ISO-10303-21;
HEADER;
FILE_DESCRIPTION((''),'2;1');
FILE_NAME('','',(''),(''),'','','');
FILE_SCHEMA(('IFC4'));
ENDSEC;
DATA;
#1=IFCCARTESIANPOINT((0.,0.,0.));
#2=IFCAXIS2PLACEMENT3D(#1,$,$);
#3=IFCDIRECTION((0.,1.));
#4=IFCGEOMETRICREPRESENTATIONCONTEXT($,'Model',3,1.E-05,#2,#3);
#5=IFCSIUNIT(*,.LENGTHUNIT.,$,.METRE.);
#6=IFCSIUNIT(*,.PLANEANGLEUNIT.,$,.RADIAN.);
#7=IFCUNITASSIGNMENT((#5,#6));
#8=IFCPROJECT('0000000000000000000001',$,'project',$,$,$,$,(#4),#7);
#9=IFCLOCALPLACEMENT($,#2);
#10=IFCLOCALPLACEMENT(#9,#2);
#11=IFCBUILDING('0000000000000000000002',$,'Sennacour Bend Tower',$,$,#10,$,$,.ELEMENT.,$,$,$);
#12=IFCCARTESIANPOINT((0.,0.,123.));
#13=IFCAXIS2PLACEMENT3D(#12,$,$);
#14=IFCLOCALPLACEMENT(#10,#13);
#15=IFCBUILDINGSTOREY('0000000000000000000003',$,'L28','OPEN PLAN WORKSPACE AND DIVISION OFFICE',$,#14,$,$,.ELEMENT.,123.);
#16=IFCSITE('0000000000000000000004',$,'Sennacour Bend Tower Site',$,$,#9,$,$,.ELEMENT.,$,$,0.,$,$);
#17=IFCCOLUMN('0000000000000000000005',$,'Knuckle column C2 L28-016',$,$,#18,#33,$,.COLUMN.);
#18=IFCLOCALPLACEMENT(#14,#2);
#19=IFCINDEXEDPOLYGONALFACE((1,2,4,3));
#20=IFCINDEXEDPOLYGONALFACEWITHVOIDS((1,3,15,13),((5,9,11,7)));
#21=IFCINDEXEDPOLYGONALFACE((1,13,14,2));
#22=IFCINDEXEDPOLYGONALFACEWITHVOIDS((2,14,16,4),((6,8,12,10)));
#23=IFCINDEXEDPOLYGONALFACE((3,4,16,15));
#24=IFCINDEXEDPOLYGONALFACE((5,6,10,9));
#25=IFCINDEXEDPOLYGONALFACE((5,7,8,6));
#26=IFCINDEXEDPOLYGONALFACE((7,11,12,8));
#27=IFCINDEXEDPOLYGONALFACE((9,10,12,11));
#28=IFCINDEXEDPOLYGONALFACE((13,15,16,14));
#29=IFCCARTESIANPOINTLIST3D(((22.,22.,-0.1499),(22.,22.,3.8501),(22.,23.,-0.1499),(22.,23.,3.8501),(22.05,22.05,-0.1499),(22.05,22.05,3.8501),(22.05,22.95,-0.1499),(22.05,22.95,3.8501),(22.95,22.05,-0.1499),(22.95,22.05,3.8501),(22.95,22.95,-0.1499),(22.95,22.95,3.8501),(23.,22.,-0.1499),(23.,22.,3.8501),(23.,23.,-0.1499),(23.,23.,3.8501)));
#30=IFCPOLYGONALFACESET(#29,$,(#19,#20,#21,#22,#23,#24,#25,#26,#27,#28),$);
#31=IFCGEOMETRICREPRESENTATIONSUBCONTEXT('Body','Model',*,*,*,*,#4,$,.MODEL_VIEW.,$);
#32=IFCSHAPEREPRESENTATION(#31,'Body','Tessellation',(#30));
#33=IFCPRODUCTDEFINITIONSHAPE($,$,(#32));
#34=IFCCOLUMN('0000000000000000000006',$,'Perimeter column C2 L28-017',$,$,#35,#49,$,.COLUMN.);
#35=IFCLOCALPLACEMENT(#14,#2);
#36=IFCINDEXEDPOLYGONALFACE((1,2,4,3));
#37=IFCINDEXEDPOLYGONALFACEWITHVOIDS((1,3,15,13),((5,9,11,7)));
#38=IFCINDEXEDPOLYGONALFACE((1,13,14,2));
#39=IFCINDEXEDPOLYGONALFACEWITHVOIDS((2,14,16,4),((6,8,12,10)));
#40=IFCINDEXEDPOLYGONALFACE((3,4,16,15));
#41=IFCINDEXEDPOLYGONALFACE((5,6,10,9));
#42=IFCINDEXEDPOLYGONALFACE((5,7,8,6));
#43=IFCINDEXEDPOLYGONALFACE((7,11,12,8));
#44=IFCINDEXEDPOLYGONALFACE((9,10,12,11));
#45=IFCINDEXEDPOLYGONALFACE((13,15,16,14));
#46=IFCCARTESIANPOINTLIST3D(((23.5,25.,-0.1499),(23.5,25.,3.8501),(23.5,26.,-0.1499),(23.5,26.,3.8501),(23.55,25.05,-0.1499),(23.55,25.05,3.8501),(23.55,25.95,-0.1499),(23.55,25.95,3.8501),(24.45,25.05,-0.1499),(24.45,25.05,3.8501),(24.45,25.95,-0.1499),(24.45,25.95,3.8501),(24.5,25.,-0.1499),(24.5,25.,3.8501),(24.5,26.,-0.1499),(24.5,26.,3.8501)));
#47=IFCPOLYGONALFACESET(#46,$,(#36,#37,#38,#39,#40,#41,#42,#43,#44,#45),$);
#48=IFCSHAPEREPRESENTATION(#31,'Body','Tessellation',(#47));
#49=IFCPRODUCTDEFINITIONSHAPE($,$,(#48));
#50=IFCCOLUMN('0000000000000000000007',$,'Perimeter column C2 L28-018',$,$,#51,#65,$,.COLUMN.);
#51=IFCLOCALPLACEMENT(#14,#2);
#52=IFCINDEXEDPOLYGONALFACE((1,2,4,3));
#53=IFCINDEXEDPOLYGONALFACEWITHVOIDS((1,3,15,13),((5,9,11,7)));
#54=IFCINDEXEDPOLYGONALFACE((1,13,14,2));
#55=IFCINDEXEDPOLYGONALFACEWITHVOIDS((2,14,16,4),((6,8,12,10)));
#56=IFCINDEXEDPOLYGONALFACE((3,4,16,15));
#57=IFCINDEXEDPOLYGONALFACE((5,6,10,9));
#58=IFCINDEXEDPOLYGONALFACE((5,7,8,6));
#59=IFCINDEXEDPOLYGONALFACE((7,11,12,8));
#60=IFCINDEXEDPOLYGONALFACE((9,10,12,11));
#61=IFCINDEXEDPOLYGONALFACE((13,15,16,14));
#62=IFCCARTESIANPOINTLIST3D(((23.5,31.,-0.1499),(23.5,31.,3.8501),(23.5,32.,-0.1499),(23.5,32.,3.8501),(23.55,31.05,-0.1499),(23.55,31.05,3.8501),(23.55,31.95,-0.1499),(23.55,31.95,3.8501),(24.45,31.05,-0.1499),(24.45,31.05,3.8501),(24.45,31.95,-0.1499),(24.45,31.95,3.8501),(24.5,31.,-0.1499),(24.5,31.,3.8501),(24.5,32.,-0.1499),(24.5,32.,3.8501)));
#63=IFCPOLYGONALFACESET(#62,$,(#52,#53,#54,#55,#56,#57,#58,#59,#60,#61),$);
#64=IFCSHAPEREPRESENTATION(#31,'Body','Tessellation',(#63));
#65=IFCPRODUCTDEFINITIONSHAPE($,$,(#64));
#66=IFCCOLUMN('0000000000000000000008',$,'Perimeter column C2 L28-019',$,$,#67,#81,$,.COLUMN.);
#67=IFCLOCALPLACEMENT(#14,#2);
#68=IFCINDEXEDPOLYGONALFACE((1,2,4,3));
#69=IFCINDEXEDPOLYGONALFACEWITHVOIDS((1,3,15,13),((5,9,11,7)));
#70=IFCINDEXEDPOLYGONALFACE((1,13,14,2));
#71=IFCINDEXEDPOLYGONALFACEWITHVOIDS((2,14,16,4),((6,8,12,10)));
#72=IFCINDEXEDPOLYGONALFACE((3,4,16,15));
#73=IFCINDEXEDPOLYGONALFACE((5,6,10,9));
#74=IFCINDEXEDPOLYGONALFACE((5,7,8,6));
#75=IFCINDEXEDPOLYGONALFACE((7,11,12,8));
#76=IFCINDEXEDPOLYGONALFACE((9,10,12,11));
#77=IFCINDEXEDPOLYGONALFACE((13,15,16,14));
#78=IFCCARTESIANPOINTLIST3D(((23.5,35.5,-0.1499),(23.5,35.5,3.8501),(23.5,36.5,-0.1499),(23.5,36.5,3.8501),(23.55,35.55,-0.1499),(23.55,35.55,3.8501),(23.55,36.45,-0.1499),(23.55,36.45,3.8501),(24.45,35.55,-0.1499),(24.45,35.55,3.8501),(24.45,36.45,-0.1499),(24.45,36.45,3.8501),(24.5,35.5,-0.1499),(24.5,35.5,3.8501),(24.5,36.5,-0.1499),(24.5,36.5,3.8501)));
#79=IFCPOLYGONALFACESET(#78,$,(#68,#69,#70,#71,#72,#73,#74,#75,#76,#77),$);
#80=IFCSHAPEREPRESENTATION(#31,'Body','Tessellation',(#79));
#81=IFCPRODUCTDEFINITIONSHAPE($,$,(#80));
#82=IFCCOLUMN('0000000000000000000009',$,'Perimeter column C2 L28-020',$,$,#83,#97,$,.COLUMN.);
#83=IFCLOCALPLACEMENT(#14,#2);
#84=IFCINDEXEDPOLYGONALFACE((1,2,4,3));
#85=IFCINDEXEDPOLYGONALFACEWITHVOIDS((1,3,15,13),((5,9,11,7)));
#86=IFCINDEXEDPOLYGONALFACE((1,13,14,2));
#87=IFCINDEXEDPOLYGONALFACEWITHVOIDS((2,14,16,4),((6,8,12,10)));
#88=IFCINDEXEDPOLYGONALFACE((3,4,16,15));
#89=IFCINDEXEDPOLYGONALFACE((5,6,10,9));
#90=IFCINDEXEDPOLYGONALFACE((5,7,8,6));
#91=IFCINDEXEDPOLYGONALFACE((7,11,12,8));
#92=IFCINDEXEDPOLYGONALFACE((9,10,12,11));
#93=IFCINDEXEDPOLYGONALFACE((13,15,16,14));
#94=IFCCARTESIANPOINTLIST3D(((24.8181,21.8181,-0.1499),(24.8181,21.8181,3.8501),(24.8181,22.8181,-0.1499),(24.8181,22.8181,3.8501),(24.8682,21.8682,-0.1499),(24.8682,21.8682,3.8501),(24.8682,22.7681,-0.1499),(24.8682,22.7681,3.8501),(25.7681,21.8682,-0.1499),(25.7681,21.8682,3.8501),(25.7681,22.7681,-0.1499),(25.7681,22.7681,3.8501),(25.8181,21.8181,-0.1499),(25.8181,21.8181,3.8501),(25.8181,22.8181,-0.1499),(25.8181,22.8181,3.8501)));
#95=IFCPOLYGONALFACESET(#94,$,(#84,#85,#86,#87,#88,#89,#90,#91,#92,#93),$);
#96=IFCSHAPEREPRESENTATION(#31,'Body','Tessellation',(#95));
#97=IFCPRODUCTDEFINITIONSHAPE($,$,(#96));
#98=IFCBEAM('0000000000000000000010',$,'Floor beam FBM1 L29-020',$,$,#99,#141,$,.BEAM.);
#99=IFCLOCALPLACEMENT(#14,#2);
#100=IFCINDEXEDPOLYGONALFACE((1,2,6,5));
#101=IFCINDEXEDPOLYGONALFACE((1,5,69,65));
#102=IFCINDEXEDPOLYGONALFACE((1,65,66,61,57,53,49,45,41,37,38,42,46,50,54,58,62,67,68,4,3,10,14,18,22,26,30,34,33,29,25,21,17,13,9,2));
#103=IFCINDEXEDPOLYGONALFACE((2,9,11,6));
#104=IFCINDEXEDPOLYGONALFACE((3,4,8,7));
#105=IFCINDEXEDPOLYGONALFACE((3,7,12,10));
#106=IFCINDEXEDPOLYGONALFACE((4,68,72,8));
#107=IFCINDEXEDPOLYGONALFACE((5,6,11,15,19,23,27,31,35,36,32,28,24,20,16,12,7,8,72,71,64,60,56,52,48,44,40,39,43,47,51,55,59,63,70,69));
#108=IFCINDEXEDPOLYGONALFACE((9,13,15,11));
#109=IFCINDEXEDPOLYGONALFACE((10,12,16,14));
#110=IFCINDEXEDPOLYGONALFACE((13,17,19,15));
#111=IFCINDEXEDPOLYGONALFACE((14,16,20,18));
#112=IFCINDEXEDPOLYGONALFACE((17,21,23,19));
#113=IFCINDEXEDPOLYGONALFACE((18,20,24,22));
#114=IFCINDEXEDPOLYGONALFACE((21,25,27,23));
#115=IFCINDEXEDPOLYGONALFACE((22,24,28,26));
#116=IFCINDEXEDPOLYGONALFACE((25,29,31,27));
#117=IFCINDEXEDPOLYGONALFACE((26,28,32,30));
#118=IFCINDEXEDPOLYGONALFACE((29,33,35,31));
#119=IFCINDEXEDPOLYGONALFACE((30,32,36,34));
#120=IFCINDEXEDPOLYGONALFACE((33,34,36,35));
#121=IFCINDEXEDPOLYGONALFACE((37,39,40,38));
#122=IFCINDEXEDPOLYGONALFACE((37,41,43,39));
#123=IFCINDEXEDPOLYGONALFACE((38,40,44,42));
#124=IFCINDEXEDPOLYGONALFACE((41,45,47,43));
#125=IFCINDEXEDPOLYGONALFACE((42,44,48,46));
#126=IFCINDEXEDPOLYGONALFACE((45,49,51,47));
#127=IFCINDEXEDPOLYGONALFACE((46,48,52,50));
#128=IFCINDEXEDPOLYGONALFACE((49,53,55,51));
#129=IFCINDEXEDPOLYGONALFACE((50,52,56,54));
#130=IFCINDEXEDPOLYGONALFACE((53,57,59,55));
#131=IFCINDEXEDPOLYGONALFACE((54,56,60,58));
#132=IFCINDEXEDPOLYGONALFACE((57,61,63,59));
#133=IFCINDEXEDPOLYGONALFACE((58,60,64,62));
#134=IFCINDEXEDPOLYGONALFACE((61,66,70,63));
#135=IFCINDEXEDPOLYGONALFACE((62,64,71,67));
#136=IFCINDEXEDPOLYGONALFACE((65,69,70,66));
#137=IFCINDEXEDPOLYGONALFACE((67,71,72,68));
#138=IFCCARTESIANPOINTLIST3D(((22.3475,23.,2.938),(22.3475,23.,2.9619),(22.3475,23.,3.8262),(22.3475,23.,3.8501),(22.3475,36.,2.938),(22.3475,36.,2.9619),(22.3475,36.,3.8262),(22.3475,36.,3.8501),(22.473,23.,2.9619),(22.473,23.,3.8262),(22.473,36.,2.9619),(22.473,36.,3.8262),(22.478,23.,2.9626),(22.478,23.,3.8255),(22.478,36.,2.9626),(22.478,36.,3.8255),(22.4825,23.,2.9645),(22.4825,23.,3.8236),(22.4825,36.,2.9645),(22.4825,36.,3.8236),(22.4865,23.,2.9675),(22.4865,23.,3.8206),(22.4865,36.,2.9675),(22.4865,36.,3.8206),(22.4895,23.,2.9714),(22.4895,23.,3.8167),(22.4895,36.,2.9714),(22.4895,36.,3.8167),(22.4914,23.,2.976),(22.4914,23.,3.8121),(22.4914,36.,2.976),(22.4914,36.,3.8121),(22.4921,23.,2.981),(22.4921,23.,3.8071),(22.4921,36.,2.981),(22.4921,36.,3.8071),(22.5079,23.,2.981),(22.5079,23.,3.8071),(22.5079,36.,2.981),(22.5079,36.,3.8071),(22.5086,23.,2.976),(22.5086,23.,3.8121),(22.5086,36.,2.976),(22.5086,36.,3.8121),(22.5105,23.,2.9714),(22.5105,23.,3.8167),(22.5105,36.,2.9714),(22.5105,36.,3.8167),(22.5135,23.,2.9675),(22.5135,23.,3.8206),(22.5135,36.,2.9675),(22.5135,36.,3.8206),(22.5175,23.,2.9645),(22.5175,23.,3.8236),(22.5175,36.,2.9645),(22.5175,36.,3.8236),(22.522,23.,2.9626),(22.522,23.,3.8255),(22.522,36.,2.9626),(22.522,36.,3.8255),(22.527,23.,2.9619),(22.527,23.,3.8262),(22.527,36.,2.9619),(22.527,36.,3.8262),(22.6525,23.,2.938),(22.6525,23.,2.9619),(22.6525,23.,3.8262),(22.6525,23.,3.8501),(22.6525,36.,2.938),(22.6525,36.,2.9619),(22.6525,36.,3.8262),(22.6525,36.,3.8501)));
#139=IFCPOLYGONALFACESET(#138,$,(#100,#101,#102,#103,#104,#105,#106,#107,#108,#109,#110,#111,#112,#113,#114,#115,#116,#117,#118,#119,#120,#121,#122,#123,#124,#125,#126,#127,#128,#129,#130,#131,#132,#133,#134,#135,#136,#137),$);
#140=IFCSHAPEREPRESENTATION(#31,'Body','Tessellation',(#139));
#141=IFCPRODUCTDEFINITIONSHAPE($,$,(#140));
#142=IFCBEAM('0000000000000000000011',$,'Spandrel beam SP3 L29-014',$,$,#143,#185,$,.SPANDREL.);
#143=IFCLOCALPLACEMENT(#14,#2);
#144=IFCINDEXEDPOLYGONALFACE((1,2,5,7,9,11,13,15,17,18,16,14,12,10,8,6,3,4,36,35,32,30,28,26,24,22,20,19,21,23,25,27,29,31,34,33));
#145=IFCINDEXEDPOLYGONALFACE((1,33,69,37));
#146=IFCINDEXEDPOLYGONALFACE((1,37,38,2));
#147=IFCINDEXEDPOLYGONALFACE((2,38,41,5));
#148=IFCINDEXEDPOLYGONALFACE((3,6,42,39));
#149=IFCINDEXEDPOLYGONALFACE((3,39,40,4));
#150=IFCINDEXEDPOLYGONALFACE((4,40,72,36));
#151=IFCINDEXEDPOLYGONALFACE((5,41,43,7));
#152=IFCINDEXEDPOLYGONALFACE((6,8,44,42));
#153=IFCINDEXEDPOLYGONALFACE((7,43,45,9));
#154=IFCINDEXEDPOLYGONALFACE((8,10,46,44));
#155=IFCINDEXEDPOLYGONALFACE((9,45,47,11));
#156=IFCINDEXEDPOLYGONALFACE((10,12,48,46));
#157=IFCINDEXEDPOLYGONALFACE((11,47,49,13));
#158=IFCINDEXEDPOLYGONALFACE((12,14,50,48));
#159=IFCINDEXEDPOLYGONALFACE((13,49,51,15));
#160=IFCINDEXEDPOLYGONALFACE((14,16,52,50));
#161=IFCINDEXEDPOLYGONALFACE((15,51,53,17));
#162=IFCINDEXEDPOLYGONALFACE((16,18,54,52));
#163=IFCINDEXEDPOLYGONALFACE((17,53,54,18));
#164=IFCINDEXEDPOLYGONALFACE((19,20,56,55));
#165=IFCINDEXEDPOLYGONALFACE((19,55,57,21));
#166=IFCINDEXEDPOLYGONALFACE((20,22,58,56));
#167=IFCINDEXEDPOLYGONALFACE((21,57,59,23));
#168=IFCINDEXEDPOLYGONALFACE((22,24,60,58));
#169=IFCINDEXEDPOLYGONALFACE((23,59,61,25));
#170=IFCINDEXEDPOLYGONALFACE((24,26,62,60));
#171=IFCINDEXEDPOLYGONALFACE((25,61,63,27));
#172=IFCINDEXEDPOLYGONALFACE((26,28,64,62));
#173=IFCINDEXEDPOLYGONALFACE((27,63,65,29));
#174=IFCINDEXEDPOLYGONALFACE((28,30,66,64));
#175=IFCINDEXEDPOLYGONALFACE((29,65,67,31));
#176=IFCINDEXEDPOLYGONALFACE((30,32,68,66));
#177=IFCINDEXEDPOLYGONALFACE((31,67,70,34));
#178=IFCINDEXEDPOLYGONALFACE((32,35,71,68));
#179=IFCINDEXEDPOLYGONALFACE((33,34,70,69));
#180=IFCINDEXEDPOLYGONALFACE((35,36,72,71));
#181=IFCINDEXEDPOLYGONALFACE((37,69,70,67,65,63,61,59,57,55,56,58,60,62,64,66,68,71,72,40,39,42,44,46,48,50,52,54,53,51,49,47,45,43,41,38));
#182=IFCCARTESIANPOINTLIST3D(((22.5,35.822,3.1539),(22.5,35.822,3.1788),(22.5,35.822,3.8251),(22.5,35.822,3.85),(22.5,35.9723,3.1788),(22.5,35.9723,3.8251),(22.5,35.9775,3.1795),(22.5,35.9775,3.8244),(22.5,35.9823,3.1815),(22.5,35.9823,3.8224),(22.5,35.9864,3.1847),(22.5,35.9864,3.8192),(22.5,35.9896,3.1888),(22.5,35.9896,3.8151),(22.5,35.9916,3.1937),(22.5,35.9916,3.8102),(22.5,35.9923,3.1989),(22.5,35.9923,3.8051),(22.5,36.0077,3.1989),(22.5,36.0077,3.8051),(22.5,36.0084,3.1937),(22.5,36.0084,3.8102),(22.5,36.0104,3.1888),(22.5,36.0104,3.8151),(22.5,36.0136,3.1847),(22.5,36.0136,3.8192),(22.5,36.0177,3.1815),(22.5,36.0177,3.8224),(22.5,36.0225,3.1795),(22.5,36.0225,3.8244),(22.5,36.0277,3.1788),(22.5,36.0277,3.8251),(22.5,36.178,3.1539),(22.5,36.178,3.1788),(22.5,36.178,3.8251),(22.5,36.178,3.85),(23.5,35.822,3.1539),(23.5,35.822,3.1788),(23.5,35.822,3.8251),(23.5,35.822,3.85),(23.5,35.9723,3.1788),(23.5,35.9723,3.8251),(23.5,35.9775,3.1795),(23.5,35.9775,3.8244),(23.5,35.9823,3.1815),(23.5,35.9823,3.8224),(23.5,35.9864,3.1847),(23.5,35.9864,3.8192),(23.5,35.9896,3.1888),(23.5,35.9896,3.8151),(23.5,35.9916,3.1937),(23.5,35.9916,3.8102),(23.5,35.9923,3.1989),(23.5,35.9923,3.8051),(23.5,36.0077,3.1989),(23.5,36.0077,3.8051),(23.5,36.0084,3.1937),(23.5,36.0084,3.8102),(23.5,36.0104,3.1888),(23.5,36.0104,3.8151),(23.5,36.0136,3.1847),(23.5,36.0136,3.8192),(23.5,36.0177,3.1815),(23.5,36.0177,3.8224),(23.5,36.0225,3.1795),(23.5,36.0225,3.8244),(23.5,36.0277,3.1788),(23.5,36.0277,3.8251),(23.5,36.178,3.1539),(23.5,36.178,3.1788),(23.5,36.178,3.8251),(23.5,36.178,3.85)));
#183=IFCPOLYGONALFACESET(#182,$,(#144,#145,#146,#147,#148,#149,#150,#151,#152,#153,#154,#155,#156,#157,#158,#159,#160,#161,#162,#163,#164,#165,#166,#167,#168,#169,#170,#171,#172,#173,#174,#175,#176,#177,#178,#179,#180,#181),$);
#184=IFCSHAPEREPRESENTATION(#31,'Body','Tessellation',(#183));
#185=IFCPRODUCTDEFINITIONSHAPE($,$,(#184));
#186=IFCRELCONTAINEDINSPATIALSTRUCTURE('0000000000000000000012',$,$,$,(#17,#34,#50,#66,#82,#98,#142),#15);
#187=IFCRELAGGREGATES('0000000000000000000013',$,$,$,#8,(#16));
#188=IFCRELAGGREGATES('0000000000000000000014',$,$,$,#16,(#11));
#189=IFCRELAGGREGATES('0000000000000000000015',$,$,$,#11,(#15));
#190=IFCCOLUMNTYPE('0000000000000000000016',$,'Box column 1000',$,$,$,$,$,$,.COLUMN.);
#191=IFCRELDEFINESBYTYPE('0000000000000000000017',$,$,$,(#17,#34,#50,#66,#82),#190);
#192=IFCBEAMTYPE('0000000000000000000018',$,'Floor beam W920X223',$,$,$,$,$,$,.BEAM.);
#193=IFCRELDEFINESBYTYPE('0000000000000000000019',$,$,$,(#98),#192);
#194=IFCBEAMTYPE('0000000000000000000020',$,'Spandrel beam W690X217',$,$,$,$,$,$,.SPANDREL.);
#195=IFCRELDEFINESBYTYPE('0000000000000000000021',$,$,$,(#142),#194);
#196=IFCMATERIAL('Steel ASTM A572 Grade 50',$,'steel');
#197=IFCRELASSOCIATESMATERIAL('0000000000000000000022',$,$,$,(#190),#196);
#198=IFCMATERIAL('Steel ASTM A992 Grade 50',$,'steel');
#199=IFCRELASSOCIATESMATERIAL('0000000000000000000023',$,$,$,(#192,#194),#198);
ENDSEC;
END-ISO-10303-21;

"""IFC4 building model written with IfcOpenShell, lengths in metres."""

from ifc_helpers import new_model, si_unit, direction, frame, origin, origin_2d, place, context, subcontext, project, spatial, hollow_rectangle, i_section, extrude, material, material_profile, profile_set, type_object, element, save


model = new_model("IFC4")

# Units and contexts
model_context = context("Model", 3, precision=1e-05, world=origin(), true_north=direction((0.0, 1.0)))
body_context = subcontext(model_context, "Body", "Model", "MODEL_VIEW")
ifc_project = project(units=[si_unit("LENGTHUNIT", "METRE"), si_unit("PLANEANGLEUNIT", "RADIAN")], contexts=[model_context])

# Site, building, storey
site_placement = place(None, origin())
site = spatial("IfcSite", under=ifc_project, at=site_placement, Name="Sennacour Bend Tower Site", CompositionType="ELEMENT", RefElevation=0.0)
building_placement = place(site_placement, origin())
building = spatial("IfcBuilding", under=site, at=building_placement, Name="Sennacour Bend Tower", CompositionType="ELEMENT")
storey_placement = place(building_placement, frame((0.0, 0.0, 123.0)))
storey = spatial("IfcBuildingStorey", under=building, at=storey_placement, Name="L28", Description="OPEN PLAN WORKSPACE AND DIVISION OFFICE", CompositionType="ELEMENT", Elevation=123.0)

# Columns
ifc_material_1 = material(Name="Steel ASTM A572 Grade 50", Category="steel")
ifc_material_profile_1 = material_profile(ifc_material_1, hollow_rectangle(XDim=1.0, YDim=1.0, WallThickness=0.05, at=origin_2d()), Name="Steel ASTM A572 Grade 50", Category="steel")
ifc_profile_set_1 = profile_set([ifc_material_profile_1], Name="Steel ASTM A572 Grade 50")
column_type = type_object("IfcColumnType", Name="Box column 1000", PredefinedType="COLUMN", material=ifc_profile_set_1)
for number, where, z_axis, x_axis, name in (
    (1, (22.5, 22.5, -0.1499), (0.0, 0.0, 1.0), (1.0, 0.0, 0.0), "Knuckle column C2 L28-016"),
    (2, (24.0, 25.5, -0.1499), (0.0, 0.0, 1.0), (1.0, 0.0, 0.0), "Perimeter column C2 L28-017"),
    (3, (24.0, 31.5, -0.1499), (0.0, 0.0, 1.0), (1.0, 0.0, 0.0), "Perimeter column C2 L28-018"),
    (4, (24.0, 36.0, -0.1499), (0.0, 0.0, 1.0), (1.0, 0.0, 0.0), "Perimeter column C2 L28-019"),
    (5, (25.3181, 22.3181, -0.1499), (0.0, 0.0, 1.0), (1.0, 0.0, 0.0), "Perimeter column C2 L28-020"),
):
    element("IfcColumn", number, at=place(storey_placement, frame(where, z_axis=z_axis, x_axis=x_axis)), inside=storey, type_object=column_type, Name=name, PredefinedType="COLUMN", context=body_context, shape_type="SweptSolid", body=[
        extrude(hollow_rectangle(XDim=1.0, YDim=1.0, WallThickness=0.05, at=origin_2d()), origin(), (0.0, 0.0, 1.0), 4.0),
    ])

# Beams
ifc_material_2 = material(Name="Steel ASTM A992 Grade 50", Category="steel")
ifc_material_profile_2 = material_profile(ifc_material_2, i_section(OverallWidth=0.3049, OverallDepth=0.9121, WebThickness=0.0159, FlangeThickness=0.0239, FilletRadius=0.019, at=origin_2d()), Name="Steel ASTM A992 Grade 50", Category="steel")
ifc_profile_set_2 = profile_set([ifc_material_profile_2], Name="Steel ASTM A992 Grade 50")
beam_type_1 = type_object("IfcBeamType", Name="Floor beam W920X223", PredefinedType="BEAM", material=ifc_profile_set_2)
beam_1_placement = place(storey_placement, frame((22.5, 23.0, 3.394), z_axis=(0.0, 1.0, 0.0), x_axis=(-1.0, 0.0, 0.0)))
element("IfcBeam", 6, at=beam_1_placement, inside=storey, type_object=beam_type_1, Name="Floor beam FBM1 L29-020", PredefinedType="BEAM", context=body_context, shape_type="SweptSolid", body=[
    extrude(i_section(OverallWidth=0.3049, OverallDepth=0.9121, WebThickness=0.0159, FlangeThickness=0.0239, FilletRadius=0.019, at=origin_2d()), origin(), (0.0, 0.0, 1.0), 13.0),
])
ifc_material_profile_3 = material_profile(ifc_material_2, i_section(OverallWidth=0.356, OverallDepth=0.696, WebThickness=0.0154, FlangeThickness=0.0249, FilletRadius=0.02, at=origin_2d()), Name="Steel ASTM A992 Grade 50", Category="steel")
ifc_profile_set_3 = profile_set([ifc_material_profile_3], Name="Steel ASTM A992 Grade 50")
beam_type_2 = type_object("IfcBeamType", Name="Spandrel beam W690X217", PredefinedType="SPANDREL", material=ifc_profile_set_3)
beam_2_placement = place(storey_placement, frame((22.5, 36.0, 3.502), z_axis=(1.0, 0.0, 0.0), x_axis=(0.0, 1.0, 0.0)))
element("IfcBeam", 7, at=beam_2_placement, inside=storey, type_object=beam_type_2, Name="Spandrel beam SP3 L29-014", PredefinedType="SPANDREL", context=body_context, shape_type="SweptSolid", body=[
    extrude(i_section(OverallWidth=0.356, OverallDepth=0.696, WebThickness=0.0154, FlangeThickness=0.0249, FilletRadius=0.02, at=origin_2d()), origin(), (0.0, 0.0, 1.0), 1.0),
])

save(model, "model.ifc")
